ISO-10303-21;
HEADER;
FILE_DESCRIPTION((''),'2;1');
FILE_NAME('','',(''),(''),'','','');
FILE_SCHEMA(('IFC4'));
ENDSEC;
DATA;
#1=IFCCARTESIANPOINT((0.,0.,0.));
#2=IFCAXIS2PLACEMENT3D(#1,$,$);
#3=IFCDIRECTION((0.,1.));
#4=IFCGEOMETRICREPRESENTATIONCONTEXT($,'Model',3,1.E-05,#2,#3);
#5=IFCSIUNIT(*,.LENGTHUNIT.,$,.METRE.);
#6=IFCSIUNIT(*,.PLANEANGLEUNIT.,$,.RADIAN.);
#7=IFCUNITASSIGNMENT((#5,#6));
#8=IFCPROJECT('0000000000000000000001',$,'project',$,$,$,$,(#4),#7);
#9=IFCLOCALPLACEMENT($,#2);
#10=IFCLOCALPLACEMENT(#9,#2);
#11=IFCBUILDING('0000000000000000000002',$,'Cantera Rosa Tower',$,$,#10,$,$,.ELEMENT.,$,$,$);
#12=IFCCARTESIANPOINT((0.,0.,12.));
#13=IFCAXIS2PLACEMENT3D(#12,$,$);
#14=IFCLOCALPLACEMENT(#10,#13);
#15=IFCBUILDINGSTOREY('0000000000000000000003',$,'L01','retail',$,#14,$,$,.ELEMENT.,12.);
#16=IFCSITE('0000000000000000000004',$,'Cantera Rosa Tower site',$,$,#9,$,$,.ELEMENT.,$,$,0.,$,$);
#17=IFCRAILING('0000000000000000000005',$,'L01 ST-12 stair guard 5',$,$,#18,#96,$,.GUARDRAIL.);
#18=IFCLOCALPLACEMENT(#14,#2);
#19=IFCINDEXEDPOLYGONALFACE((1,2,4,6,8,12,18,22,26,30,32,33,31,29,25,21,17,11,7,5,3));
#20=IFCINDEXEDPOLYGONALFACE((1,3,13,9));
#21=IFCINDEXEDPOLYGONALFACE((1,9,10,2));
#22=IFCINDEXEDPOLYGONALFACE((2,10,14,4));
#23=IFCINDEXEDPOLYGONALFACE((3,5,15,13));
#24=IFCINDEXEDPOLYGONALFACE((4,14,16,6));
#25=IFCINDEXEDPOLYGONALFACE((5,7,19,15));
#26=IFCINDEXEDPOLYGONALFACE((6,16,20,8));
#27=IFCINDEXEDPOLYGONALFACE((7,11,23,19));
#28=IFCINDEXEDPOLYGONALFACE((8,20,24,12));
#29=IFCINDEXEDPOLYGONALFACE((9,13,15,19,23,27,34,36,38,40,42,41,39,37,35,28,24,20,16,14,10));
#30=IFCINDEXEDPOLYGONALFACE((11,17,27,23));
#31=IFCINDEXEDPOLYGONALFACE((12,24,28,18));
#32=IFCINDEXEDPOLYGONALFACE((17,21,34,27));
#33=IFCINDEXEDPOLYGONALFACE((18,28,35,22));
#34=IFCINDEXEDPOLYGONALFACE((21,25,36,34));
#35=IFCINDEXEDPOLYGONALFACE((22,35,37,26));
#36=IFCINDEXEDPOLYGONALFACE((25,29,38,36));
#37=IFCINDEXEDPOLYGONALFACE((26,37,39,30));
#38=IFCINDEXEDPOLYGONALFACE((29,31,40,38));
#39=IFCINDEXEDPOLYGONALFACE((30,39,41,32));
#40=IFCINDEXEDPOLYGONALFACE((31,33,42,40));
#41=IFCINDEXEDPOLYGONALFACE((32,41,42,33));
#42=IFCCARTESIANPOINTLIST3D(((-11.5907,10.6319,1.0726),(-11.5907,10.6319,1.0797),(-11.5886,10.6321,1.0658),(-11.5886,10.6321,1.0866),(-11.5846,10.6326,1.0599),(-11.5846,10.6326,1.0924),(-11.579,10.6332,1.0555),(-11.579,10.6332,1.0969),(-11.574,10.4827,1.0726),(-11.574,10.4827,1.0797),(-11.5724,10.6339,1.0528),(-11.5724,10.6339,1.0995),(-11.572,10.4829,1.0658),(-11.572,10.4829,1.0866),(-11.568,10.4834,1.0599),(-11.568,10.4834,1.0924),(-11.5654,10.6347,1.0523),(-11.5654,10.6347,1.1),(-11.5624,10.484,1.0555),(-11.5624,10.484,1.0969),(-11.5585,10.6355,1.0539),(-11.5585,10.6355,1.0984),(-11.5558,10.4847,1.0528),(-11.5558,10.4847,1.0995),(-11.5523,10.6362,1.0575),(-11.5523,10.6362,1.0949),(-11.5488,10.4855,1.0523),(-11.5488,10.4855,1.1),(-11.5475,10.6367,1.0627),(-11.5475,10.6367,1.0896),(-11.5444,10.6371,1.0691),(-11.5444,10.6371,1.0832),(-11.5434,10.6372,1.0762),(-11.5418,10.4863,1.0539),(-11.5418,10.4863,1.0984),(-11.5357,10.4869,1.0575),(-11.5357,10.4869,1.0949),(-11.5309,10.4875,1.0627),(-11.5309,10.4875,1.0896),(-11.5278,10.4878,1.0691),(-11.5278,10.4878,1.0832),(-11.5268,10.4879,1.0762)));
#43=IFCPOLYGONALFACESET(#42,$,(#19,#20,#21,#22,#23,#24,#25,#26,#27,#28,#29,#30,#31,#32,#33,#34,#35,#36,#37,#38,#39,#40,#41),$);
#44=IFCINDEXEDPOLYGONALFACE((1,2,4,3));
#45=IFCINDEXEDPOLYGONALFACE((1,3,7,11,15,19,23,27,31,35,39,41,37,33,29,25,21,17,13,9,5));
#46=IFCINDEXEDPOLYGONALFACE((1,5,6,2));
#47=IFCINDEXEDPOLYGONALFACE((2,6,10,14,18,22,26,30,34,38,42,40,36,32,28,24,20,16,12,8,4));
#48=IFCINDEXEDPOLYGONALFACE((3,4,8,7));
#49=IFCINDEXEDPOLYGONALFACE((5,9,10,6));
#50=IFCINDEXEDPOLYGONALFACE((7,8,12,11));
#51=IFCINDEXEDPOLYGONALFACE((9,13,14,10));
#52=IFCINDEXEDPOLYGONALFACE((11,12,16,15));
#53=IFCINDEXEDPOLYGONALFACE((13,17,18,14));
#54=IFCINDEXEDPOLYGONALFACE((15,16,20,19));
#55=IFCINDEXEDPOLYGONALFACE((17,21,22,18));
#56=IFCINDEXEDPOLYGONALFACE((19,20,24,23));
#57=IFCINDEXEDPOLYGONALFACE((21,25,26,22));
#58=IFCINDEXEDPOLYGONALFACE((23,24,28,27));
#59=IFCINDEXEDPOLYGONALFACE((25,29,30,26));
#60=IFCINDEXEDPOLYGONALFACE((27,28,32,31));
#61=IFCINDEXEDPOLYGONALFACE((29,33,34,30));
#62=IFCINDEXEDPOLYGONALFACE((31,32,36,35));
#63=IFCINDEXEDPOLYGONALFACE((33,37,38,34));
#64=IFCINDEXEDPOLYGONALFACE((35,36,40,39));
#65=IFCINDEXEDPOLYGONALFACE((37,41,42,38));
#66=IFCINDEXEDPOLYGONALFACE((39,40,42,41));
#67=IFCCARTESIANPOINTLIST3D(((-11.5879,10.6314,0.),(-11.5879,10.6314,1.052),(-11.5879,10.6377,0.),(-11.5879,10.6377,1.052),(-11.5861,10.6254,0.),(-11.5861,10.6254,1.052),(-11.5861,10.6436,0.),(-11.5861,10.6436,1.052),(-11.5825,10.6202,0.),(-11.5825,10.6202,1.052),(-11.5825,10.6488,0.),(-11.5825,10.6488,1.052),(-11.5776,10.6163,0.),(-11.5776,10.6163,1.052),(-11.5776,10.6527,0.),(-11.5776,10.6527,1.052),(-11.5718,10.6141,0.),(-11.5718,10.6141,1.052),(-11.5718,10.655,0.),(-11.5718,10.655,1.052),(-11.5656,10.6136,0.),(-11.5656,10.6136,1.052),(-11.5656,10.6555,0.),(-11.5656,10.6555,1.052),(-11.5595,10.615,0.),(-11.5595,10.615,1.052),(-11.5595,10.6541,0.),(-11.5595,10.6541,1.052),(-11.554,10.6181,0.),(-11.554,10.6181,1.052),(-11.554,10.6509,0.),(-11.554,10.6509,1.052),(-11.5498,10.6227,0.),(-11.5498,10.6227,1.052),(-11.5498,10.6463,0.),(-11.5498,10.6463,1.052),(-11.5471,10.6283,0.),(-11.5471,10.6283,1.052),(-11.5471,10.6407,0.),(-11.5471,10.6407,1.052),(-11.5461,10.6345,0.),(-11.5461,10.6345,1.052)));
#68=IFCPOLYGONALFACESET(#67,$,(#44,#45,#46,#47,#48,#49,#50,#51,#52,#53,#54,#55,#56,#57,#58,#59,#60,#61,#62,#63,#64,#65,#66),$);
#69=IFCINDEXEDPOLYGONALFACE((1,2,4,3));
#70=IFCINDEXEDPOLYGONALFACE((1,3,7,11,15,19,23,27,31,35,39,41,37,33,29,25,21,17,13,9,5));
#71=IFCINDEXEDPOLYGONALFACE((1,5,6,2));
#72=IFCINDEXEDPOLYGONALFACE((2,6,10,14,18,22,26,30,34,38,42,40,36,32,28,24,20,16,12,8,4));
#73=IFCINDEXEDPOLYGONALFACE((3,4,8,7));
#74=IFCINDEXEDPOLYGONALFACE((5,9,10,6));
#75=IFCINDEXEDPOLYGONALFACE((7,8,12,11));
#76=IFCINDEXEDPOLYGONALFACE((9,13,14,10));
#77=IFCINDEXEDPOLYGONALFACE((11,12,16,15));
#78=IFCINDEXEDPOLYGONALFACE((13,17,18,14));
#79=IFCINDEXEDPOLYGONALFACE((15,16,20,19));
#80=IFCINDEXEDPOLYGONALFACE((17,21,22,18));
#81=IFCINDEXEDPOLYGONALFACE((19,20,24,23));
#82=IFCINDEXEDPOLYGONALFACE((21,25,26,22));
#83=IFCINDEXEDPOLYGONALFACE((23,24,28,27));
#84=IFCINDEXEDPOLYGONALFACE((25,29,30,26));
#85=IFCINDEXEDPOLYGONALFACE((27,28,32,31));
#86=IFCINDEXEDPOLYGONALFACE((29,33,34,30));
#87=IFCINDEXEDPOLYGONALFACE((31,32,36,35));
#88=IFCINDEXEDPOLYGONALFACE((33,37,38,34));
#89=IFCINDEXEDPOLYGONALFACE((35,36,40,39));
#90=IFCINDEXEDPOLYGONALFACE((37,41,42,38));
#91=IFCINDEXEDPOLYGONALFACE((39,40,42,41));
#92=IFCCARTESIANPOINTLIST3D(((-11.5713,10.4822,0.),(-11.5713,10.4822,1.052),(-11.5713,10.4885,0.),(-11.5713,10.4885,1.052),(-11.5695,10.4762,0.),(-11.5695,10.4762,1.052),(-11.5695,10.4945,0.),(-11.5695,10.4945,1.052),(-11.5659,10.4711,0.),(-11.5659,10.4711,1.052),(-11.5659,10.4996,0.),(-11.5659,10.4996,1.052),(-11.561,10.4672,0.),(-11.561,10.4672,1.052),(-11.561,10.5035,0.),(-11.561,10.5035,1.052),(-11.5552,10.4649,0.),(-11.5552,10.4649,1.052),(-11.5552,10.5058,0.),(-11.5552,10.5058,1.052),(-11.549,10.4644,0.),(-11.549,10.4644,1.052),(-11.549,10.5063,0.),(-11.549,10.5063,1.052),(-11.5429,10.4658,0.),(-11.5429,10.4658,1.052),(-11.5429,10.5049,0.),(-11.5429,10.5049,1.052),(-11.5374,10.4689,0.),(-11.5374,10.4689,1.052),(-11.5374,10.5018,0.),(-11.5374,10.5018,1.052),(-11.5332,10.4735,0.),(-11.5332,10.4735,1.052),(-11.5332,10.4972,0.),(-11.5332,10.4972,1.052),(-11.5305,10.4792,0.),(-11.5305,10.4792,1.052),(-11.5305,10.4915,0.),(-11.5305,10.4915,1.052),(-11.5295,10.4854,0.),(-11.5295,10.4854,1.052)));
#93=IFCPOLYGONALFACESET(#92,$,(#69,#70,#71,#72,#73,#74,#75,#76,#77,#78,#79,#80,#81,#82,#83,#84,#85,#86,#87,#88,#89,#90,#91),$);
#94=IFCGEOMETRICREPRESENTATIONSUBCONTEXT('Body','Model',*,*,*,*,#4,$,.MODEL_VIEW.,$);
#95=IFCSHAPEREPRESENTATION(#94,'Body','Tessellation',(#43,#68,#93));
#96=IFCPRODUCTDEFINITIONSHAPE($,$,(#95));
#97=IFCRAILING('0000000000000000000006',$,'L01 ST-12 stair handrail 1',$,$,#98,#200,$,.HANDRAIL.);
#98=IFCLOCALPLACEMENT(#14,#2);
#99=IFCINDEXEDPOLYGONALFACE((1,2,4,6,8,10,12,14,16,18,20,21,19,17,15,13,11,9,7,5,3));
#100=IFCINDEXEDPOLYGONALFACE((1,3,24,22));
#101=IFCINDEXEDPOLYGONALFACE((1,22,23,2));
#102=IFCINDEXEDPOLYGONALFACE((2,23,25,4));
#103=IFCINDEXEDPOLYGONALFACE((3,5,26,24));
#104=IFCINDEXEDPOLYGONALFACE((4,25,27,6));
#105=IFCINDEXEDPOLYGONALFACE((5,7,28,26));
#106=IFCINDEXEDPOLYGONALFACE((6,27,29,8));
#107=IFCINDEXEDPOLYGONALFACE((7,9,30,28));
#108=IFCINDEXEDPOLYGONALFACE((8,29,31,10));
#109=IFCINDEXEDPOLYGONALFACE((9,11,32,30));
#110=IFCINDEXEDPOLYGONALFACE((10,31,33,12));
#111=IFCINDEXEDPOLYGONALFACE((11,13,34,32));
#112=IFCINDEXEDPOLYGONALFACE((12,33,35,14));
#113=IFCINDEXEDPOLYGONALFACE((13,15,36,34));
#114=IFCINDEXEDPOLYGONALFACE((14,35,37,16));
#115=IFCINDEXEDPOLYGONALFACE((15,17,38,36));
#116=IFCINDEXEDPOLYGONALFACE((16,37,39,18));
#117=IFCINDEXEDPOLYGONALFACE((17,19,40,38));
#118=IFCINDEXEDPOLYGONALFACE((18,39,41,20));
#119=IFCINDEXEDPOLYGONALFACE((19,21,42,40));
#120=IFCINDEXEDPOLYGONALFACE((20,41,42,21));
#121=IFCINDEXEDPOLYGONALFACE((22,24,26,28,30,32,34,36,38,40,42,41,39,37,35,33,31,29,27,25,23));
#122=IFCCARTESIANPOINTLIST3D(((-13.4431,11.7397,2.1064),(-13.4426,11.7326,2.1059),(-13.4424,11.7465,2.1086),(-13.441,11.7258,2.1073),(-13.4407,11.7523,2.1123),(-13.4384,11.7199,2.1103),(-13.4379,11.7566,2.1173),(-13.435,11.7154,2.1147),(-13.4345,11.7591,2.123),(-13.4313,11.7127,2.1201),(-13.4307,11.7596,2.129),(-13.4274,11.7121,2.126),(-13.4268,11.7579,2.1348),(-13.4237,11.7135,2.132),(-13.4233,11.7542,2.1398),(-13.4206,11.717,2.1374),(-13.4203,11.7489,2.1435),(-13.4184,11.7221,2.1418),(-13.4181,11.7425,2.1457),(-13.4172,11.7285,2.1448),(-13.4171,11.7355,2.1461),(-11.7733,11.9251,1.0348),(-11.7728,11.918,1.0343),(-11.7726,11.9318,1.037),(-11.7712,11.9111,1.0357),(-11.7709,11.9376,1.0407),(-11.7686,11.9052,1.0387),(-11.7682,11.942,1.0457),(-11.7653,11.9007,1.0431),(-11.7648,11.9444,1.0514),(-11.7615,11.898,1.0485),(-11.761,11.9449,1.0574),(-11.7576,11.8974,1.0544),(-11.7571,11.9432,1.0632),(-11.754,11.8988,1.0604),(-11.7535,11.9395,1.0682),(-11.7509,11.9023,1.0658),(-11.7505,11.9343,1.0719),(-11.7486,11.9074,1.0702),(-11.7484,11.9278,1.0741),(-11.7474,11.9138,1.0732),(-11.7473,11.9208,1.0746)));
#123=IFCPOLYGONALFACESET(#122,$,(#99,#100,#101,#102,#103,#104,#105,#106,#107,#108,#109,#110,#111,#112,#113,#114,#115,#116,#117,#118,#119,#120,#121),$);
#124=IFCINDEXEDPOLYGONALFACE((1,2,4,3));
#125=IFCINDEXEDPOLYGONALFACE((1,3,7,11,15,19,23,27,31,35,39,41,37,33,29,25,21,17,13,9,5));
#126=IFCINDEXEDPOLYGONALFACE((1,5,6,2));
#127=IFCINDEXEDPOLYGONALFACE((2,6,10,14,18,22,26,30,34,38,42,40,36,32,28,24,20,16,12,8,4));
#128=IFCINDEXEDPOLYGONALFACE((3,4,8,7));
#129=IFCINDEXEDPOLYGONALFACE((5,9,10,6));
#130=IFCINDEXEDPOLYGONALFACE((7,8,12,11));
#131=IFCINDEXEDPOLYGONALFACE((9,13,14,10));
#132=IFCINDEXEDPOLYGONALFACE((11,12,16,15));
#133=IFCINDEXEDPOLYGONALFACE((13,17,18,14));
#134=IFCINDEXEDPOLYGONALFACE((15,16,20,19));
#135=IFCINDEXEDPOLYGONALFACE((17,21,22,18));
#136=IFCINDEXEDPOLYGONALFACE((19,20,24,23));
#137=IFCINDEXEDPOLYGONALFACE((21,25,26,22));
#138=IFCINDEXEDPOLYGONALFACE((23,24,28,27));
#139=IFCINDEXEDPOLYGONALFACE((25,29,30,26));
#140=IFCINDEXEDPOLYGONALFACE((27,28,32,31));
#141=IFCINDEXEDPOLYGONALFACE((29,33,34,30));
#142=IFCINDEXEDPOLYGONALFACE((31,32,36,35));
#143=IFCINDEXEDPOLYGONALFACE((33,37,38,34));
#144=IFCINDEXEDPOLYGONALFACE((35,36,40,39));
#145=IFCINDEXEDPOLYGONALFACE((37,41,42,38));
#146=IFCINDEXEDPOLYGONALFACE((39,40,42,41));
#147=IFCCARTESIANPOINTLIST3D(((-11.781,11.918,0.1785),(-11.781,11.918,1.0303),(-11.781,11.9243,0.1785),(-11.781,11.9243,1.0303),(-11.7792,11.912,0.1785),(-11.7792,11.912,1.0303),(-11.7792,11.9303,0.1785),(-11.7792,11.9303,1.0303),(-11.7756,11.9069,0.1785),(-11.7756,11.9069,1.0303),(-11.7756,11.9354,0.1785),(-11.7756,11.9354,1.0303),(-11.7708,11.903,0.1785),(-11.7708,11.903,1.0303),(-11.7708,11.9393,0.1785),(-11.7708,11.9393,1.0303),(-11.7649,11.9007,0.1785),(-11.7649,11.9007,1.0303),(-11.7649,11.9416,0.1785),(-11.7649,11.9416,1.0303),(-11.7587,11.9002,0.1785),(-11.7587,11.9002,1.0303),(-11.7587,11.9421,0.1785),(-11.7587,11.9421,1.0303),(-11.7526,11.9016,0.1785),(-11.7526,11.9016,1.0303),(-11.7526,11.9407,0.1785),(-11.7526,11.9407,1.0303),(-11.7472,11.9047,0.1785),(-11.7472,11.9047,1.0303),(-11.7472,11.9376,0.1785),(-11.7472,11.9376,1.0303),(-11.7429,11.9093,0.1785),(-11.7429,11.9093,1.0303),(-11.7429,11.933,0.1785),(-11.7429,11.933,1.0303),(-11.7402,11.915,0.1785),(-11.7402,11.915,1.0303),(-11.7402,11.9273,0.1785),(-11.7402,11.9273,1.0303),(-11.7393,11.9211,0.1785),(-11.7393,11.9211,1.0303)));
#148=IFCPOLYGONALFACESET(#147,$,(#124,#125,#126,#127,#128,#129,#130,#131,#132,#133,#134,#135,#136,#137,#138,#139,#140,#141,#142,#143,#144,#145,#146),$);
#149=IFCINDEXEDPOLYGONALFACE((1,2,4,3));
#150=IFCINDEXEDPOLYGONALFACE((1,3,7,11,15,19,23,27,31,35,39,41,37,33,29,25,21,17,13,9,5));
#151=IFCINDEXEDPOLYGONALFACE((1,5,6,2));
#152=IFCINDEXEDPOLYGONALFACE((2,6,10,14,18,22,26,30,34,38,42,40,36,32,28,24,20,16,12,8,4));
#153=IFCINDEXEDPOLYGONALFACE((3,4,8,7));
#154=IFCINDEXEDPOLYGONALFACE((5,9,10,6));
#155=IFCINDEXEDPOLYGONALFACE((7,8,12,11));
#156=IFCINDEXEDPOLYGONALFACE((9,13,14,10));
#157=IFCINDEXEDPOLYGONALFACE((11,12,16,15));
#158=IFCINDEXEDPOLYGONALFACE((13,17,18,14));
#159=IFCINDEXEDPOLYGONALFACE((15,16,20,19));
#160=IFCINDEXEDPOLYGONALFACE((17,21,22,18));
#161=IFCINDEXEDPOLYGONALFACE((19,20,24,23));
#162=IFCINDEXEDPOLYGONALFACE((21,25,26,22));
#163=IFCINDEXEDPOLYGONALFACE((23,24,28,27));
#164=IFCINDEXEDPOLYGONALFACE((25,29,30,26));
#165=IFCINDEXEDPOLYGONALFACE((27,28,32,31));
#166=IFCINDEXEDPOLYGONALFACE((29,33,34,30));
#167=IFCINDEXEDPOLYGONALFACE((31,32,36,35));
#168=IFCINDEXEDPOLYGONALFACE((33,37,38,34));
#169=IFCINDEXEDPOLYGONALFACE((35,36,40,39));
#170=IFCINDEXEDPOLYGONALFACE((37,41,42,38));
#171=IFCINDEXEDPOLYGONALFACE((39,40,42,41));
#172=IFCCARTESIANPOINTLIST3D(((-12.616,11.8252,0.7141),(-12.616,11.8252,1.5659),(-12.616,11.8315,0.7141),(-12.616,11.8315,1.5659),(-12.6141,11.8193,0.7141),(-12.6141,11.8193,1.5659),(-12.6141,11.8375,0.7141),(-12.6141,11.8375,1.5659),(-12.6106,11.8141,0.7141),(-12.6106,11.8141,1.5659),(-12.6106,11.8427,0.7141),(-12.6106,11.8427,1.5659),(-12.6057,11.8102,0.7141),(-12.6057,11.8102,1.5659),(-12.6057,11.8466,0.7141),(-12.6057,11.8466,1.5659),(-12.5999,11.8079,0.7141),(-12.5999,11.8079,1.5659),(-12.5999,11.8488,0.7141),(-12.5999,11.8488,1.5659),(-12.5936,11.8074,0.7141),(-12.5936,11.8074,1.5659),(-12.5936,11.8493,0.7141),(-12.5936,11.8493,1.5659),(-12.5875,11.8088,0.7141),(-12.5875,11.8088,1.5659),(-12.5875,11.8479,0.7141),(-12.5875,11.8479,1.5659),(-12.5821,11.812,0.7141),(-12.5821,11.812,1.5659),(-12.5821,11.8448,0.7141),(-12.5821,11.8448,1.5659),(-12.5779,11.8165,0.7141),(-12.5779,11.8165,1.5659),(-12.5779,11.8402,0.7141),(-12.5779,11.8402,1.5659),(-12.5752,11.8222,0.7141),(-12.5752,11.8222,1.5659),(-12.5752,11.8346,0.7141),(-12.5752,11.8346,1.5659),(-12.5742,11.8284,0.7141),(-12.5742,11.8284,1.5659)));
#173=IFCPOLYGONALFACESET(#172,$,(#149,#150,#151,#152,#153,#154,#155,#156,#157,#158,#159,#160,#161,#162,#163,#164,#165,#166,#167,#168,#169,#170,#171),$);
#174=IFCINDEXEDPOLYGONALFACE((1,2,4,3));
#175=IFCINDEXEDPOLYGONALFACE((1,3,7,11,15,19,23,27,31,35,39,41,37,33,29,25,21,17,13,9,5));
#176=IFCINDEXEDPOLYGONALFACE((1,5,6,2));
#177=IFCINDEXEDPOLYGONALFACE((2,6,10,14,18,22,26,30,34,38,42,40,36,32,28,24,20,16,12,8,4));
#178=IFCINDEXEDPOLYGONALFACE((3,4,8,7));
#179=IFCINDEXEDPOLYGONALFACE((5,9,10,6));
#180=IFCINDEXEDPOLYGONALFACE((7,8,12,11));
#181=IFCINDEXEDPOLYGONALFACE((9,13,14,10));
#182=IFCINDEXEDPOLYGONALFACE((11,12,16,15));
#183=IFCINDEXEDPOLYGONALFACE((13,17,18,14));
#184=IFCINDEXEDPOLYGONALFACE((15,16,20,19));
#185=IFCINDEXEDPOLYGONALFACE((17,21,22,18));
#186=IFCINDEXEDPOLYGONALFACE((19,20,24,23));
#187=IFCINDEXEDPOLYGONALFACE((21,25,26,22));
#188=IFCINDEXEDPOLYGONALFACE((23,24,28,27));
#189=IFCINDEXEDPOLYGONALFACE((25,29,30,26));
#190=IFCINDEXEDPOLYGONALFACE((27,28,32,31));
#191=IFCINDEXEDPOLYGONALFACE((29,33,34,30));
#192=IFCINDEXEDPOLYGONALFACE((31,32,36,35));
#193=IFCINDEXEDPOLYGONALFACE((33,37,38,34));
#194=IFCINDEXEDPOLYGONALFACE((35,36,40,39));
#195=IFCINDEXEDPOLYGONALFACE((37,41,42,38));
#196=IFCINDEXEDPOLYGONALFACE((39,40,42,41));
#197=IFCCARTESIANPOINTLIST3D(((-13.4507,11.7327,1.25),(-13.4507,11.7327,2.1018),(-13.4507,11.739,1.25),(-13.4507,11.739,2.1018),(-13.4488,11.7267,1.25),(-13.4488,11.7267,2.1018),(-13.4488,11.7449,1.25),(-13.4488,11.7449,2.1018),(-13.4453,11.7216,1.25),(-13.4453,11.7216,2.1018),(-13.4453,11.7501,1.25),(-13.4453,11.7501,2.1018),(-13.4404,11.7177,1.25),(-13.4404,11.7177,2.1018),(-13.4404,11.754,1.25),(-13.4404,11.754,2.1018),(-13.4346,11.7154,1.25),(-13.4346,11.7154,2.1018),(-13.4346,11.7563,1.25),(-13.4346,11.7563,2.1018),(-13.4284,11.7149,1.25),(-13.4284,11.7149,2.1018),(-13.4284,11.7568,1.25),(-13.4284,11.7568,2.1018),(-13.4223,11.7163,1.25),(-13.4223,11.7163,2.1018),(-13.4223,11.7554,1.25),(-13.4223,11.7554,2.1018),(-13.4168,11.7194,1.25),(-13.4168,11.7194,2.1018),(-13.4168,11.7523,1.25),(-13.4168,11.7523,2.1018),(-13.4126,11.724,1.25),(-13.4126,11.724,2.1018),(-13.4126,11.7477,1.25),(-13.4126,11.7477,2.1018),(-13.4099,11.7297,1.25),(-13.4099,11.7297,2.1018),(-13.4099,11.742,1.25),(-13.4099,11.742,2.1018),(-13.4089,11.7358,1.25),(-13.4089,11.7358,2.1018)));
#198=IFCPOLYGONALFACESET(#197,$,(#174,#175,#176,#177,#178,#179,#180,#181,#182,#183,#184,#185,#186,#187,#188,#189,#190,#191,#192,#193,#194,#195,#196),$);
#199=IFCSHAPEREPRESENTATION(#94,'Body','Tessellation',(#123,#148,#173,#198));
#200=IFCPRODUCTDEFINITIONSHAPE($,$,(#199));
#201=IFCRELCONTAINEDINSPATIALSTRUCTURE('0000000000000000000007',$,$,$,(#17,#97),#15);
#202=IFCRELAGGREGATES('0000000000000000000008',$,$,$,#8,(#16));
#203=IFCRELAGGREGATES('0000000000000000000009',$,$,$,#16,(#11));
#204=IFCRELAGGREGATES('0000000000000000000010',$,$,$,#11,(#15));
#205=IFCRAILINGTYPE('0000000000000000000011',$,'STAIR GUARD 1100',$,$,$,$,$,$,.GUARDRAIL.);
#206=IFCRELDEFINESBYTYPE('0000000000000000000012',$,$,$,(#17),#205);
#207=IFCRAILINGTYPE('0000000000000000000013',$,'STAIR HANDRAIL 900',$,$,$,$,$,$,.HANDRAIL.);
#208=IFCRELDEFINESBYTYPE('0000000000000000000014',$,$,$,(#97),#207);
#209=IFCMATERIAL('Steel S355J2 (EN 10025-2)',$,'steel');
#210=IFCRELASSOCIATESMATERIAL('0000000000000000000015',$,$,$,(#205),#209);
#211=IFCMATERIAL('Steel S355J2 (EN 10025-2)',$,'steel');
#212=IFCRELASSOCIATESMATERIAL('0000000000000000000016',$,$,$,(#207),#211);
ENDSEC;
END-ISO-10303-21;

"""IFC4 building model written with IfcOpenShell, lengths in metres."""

from ifc_helpers import new_model, si_unit, direction, frame, origin, origin_2d, place, context, subcontext, project, spatial, circle, extrude, material, type_object, element, save


model = new_model("IFC4")

# Units and contexts
model_context = context("Model", 3, precision=1e-05, world=origin(), true_north=direction((0.0, 1.0)))
body_context = subcontext(model_context, "Body", "Model", "MODEL_VIEW")
ifc_project = project(units=[si_unit("LENGTHUNIT", "METRE"), si_unit("PLANEANGLEUNIT", "RADIAN")], contexts=[model_context])

# Site, building, storey
site_placement = place(None, origin())
site = spatial("IfcSite", under=ifc_project, at=site_placement, Name="Cantera Rosa Tower site", CompositionType="ELEMENT", RefElevation=0.0)
building_placement = place(site_placement, origin())
building = spatial("IfcBuilding", under=site, at=building_placement, Name="Cantera Rosa Tower", CompositionType="ELEMENT")
storey_placement = place(building_placement, frame((0.0, 0.0, 12.0)))
storey = spatial("IfcBuildingStorey", under=building, at=storey_placement, Name="L01", Description="retail", CompositionType="ELEMENT", Elevation=12.0)

# Railings
ifc_material_1 = material(Name="Steel S355J2 (EN 10025-2)", Category="steel")
railing_type_1 = type_object("IfcRailingType", Name="STAIR GUARD 1100", PredefinedType="GUARDRAIL", material=ifc_material_1)
railing_1_placement = place(storey_placement, frame((-11.5671, 10.6345, 0.0)))
element("IfcRailing", 1, at=railing_1_placement, inside=storey, type_object=railing_type_1, Name="L01 ST-12 stair guard 5", PredefinedType="GUARDRAIL", context=body_context, shape_type="SweptSolid", body=[
    extrude(circle(Radius=0.0239, at=origin_2d()), frame((0.0, 0.0, 1.0762), z_axis=(0.11061, -0.993864, 0.0), x_axis=(0.993864, 0.11061, 0.0)), (0.0, 0.0, 1.0), 0.1501),
    extrude(circle(Radius=0.021, at=origin_2d()), origin(), (0.0, 0.0, 1.0), 1.052),
    extrude(circle(Radius=0.021, at=origin_2d()), frame((0.0166, -0.1492, 0.0)), (0.0, 0.0, 1.0), 1.052),
])
ifc_material_2 = material(Name="Steel S355J2 (EN 10025-2)", Category="steel")
railing_type_2 = type_object("IfcRailingType", Name="STAIR HANDRAIL 900", PredefinedType="HANDRAIL", material=ifc_material_2)
for number, where, name in (
    (2, (-11.7603, 11.9211, 0.1785), "L01 ST-12 stair handrail 1"),
):
    element("IfcRailing", number, at=place(storey_placement, frame(where)), inside=storey, type_object=railing_type_2, Name=name, PredefinedType="HANDRAIL", context=body_context, shape_type="SweptSolid", body=[
        extrude(circle(Radius=0.0239, at=origin_2d()), frame((0.0, 0.0, 0.876), z_axis=(-0.837951, -0.092997, 0.537764), x_axis=(0.110304, -0.993898, 0.0)), (0.0, 0.0, 1.0), 1.9927),
        extrude(circle(Radius=0.021, at=origin_2d()), origin(), (0.0, 0.0, 1.0), 0.8518),
        extrude(circle(Radius=0.021, at=origin_2d()), frame((-0.835, -0.0928, 0.5356)), (0.0, 0.0, 1.0), 0.8518),
        extrude(circle(Radius=0.021, at=origin_2d()), frame((-1.6697, -0.1853, 1.0715)), (0.0, 0.0, 1.0), 0.8518),
    ])

save(model, "model.ifc")
